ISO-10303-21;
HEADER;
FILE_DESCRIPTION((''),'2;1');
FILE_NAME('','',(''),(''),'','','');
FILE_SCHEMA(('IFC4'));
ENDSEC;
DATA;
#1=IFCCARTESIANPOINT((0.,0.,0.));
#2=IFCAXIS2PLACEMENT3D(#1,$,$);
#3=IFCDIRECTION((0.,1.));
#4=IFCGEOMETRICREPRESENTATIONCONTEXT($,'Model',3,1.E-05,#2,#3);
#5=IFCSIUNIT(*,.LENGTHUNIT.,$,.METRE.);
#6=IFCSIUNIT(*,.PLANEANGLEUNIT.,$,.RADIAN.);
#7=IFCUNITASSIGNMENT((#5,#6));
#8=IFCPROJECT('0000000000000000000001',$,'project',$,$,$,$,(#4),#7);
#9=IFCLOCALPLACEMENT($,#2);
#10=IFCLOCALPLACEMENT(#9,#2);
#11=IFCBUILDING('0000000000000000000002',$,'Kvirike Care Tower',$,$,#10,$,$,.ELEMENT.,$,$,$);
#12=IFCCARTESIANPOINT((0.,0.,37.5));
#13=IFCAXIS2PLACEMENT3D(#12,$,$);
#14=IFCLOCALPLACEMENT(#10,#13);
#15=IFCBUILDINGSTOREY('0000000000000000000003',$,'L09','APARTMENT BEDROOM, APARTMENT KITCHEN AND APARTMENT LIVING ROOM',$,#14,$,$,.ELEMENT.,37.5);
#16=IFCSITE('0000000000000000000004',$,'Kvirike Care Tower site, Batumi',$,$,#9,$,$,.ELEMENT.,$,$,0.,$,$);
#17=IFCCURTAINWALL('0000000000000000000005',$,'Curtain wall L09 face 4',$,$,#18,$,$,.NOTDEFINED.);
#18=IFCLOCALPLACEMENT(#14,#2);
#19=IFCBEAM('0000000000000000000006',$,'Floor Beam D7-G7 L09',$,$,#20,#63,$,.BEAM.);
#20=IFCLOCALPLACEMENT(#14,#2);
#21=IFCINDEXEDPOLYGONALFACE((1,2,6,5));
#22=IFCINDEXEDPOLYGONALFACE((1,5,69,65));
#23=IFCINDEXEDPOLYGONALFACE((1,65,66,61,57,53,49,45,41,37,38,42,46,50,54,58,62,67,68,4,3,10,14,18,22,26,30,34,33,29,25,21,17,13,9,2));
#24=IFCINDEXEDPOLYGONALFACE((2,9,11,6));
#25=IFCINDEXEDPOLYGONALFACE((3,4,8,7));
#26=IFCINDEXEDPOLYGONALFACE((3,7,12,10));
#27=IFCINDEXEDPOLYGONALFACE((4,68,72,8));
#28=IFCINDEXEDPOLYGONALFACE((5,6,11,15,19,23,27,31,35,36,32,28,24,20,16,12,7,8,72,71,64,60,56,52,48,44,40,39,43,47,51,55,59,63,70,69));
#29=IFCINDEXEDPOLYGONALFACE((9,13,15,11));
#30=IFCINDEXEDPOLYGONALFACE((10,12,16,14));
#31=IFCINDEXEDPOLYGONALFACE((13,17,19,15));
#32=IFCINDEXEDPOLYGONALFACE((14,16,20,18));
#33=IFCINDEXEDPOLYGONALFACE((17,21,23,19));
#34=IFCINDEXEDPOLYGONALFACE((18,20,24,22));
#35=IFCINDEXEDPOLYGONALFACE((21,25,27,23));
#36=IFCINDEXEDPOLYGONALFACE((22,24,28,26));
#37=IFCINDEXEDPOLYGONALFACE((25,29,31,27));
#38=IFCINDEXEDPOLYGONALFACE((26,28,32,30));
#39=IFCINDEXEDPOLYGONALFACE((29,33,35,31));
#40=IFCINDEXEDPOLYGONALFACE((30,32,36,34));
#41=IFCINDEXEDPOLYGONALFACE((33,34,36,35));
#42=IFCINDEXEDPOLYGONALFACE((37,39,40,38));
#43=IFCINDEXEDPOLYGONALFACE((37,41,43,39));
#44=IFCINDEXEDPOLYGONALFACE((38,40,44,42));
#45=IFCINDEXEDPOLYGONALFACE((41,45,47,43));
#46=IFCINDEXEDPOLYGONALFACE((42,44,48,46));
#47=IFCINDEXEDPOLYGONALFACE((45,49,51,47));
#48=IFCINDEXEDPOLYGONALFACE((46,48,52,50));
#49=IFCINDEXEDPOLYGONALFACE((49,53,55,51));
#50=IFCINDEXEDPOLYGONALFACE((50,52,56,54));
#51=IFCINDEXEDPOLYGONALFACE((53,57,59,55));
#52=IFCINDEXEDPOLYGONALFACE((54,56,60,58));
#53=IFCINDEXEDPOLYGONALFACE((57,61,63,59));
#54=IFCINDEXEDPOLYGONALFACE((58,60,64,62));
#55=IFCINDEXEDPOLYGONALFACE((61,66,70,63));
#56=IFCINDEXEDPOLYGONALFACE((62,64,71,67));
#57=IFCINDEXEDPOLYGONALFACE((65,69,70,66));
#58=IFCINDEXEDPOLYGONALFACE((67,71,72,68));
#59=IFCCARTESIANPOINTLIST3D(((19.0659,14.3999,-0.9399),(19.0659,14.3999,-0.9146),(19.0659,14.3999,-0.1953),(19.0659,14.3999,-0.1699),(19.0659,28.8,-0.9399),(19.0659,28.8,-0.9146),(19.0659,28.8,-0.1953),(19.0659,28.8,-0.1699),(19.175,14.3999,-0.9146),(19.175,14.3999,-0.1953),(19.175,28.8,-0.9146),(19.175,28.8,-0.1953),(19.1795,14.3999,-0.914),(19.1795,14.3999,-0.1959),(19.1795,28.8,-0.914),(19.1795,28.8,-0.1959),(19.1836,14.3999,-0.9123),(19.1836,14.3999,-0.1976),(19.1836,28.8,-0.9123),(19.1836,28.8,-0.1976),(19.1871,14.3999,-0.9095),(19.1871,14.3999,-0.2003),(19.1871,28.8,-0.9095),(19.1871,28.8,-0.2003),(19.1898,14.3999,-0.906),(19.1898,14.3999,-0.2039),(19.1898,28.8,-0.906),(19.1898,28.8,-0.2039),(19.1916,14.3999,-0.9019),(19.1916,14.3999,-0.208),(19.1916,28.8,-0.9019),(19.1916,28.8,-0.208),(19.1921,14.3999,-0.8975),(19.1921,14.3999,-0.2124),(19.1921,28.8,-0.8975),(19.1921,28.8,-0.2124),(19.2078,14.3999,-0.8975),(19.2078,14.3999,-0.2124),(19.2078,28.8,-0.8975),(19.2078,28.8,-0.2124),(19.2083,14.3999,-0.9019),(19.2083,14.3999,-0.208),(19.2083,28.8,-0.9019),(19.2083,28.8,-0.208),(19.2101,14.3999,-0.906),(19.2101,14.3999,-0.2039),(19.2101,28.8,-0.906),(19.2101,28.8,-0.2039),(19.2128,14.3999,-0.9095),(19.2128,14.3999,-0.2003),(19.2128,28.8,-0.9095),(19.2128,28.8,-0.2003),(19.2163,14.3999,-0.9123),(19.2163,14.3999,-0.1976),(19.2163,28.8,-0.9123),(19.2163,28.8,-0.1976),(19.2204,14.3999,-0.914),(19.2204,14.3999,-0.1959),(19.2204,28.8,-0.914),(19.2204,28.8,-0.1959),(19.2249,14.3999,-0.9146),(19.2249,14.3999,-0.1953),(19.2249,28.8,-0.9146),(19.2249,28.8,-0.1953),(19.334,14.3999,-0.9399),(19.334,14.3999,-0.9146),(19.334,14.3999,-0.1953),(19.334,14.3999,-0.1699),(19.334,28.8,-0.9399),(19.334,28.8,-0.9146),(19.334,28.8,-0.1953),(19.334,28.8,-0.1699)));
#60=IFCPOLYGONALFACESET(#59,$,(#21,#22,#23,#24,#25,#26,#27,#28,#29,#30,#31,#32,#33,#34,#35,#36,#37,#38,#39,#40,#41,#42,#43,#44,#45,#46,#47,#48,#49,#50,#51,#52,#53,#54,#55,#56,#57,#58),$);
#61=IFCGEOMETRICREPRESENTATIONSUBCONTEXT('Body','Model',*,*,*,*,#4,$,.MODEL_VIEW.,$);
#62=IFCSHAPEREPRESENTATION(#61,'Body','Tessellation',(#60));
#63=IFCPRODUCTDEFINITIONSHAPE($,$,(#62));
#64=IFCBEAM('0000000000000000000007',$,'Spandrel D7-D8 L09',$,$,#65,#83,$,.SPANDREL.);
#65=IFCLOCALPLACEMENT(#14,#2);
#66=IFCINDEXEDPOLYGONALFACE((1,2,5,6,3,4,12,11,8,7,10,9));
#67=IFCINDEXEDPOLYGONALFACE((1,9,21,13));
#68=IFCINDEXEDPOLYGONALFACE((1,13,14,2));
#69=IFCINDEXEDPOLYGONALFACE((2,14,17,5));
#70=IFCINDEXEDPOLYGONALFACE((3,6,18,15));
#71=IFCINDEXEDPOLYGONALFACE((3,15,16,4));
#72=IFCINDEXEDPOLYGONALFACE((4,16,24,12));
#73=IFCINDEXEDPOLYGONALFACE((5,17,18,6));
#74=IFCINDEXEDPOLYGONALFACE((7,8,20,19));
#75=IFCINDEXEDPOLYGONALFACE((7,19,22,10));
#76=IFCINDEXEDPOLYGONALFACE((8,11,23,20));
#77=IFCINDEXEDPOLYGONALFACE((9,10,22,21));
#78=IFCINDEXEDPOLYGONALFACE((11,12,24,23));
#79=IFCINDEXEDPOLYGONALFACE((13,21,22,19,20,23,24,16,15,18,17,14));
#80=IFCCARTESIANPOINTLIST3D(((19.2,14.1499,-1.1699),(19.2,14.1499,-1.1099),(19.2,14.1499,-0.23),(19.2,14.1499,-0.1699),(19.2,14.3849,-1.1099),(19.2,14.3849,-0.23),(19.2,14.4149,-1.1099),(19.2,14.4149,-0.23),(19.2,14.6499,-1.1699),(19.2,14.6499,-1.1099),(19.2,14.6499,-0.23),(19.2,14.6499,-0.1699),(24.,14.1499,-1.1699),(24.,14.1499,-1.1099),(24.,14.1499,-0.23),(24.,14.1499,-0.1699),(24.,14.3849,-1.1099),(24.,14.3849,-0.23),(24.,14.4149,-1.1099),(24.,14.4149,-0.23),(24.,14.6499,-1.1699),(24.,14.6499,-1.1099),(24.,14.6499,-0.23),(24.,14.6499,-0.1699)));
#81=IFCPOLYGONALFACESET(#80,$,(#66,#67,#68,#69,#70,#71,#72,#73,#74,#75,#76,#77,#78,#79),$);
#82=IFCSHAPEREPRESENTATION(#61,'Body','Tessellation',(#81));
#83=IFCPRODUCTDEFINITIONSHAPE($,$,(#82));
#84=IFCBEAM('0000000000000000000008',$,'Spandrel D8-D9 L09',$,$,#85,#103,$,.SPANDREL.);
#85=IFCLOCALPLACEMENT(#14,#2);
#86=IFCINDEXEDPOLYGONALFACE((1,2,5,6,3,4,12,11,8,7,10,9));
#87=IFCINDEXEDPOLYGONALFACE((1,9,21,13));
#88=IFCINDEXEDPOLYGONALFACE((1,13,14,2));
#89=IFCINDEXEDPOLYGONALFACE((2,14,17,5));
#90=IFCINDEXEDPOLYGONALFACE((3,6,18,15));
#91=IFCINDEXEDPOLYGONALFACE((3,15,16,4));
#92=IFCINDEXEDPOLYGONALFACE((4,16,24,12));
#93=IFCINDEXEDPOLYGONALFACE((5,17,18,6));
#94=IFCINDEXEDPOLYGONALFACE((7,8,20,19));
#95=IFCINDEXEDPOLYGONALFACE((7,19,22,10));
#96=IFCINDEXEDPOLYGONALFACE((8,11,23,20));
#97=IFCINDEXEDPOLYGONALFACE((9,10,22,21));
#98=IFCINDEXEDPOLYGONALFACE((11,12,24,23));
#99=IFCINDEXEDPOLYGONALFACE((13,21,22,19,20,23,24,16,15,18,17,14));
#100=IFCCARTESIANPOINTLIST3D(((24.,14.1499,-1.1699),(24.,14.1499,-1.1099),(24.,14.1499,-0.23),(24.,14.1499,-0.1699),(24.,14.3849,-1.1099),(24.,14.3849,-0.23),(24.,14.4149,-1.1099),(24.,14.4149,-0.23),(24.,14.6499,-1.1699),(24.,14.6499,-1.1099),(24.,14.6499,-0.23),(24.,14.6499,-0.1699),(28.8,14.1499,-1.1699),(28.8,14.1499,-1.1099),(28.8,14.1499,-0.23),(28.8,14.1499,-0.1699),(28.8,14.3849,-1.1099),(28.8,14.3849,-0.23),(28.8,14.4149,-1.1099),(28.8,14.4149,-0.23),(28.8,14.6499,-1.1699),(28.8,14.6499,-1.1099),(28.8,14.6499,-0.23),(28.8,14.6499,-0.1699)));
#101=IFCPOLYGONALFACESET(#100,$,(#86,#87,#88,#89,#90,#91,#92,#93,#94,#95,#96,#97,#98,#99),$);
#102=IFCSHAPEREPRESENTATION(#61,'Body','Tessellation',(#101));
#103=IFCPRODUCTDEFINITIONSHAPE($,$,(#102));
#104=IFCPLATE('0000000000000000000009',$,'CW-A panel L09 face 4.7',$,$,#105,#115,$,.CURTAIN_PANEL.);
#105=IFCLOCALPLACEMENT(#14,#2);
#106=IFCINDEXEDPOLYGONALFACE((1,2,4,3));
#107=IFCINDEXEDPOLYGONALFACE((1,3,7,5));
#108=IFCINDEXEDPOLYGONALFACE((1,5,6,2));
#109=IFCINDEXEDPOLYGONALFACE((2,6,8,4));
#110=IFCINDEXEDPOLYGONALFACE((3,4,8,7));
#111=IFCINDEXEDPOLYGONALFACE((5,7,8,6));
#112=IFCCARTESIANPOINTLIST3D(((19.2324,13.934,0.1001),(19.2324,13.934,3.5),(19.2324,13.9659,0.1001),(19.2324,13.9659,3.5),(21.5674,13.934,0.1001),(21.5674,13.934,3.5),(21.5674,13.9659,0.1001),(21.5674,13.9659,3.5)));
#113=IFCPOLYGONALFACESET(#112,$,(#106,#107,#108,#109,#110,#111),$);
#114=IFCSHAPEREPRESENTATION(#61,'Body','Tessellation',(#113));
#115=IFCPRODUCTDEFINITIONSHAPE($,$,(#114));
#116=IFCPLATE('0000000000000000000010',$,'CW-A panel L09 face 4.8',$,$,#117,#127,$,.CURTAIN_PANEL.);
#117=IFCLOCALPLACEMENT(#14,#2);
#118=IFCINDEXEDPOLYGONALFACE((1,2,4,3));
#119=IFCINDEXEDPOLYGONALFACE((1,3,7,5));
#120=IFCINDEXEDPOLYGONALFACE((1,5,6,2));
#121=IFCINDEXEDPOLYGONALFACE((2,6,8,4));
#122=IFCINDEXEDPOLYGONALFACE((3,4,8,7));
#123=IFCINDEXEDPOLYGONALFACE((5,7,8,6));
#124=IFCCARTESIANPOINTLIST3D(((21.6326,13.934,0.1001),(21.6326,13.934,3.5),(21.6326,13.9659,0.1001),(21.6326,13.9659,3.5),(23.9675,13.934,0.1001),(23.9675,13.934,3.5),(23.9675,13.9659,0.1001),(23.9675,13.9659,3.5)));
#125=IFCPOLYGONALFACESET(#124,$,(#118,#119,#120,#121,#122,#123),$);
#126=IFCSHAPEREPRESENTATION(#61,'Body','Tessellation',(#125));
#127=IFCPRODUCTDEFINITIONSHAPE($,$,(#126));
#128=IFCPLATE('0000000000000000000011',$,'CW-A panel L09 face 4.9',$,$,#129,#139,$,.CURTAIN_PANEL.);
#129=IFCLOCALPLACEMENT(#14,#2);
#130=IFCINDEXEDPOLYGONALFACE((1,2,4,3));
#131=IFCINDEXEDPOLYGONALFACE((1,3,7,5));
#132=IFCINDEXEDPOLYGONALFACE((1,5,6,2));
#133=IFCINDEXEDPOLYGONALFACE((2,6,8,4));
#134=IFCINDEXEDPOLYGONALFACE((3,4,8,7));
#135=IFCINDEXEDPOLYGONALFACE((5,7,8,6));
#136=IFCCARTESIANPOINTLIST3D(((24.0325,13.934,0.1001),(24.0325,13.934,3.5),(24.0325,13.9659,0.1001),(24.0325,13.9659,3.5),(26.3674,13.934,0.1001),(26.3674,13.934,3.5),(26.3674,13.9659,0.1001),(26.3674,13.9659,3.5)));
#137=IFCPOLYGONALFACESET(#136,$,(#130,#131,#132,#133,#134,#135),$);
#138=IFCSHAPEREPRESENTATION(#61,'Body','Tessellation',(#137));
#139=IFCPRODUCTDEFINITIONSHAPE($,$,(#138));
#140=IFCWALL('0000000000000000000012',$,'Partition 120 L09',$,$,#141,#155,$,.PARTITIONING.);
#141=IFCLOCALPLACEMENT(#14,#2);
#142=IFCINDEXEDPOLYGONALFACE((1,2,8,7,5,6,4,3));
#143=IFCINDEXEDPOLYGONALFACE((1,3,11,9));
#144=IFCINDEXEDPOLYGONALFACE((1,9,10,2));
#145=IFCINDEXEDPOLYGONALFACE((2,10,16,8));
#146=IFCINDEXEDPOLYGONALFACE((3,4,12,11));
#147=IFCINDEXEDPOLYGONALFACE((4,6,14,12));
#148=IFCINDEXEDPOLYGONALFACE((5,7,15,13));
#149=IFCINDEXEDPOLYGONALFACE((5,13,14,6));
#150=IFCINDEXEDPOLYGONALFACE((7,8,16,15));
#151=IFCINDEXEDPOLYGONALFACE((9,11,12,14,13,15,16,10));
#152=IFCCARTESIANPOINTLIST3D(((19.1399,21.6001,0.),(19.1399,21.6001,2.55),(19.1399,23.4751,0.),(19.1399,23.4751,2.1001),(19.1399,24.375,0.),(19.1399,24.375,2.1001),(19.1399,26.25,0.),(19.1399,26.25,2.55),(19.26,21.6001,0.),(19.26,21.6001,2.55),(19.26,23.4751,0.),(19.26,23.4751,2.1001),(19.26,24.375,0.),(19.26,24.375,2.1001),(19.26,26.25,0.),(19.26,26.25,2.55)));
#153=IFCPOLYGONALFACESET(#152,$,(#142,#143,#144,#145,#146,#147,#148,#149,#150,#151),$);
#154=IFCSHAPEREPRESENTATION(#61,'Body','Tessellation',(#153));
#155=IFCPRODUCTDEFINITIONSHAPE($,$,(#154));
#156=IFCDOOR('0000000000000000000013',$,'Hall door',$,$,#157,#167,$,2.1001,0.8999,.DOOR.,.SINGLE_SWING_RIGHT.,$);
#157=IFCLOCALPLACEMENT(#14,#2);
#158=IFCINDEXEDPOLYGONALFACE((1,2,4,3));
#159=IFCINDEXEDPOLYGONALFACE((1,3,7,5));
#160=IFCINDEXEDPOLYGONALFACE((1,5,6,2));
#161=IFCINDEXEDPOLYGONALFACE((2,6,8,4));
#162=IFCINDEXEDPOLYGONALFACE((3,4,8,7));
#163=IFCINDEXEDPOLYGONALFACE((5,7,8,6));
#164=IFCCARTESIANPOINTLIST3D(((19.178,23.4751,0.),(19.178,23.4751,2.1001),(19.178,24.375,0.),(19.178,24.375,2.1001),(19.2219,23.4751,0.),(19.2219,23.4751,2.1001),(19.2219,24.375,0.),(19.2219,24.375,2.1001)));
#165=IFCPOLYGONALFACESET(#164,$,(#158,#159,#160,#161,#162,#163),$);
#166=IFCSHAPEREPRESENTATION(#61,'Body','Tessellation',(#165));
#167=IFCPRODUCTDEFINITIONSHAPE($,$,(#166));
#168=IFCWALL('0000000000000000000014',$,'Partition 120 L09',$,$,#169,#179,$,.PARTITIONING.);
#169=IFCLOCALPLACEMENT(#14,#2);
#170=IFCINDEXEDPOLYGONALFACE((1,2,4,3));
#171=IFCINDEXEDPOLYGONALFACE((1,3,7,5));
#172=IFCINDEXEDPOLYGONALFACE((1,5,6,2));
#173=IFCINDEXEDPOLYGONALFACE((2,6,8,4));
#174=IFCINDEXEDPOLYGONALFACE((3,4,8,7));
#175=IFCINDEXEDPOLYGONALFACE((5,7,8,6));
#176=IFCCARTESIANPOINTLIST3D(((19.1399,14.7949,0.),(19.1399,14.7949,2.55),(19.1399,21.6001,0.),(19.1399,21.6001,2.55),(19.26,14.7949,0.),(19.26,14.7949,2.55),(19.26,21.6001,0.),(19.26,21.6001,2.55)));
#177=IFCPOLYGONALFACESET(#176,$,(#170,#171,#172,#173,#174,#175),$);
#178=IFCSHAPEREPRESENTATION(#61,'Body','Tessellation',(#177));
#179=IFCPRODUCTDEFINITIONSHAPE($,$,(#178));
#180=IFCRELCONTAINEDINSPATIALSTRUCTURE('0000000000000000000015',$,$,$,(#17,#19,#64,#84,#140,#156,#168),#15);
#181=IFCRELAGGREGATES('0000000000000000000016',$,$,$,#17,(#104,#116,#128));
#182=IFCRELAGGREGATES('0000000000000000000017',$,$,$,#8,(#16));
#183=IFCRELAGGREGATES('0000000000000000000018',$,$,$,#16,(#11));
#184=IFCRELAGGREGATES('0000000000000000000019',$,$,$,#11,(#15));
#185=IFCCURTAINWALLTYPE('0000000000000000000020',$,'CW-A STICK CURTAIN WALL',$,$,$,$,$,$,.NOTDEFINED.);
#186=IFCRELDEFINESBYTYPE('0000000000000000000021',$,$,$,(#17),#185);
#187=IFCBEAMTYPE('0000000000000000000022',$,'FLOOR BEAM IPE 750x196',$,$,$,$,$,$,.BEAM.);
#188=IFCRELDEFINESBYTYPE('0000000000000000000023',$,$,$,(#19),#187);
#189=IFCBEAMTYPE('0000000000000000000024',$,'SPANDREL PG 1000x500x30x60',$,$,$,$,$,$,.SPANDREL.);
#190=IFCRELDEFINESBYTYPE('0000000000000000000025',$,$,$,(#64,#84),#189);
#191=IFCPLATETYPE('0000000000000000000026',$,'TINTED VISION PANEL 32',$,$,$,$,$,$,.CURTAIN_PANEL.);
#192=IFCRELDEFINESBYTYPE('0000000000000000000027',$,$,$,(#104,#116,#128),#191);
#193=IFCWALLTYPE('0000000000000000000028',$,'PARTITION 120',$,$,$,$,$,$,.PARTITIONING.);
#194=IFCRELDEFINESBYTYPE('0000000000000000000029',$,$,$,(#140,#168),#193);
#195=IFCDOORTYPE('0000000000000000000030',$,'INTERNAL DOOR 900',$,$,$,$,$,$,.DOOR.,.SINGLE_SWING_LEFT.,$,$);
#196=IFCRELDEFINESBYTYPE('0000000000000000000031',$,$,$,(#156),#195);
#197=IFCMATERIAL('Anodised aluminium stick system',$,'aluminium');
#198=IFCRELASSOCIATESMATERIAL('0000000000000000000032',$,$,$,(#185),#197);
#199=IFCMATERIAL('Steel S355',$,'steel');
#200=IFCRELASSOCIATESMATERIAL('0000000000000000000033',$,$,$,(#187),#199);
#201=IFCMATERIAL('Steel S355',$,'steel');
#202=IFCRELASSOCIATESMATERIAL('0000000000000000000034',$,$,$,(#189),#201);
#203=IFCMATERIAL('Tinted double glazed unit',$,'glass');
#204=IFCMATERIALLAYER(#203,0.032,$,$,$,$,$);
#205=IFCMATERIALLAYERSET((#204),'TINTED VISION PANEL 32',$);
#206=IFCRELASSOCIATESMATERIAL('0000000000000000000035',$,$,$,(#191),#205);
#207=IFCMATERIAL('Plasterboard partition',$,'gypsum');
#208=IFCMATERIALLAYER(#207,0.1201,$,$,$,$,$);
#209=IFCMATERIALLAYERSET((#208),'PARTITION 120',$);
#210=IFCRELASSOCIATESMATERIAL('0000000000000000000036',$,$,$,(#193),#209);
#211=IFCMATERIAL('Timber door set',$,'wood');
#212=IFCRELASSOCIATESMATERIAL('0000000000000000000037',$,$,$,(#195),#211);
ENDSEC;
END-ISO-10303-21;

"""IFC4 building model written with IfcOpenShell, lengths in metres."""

from ifc_helpers import new_model, si_unit, direction, frame, frame_2d, origin, origin_2d, place, context, subcontext, project, spatial, rectangle, i_section, extrude, material, layer, layer_set, material_profile, profile_set, type_object, element, fill, aggregate, save


model = new_model("IFC4")

# Units and contexts
model_context = context("Model", 3, precision=1e-05, world=origin(), true_north=direction((0.0, 1.0)))
body_context = subcontext(model_context, "Body", "Model", "MODEL_VIEW")
ifc_project = project(units=[si_unit("LENGTHUNIT", "METRE"), si_unit("PLANEANGLEUNIT", "RADIAN")], contexts=[model_context])

# Site, building, storey
site_placement = place(None, origin())
site = spatial("IfcSite", under=ifc_project, at=site_placement, Name="Kvirike Care Tower site, Batumi", CompositionType="ELEMENT", RefElevation=0.0)
building_placement = place(site_placement, origin())
building = spatial("IfcBuilding", under=site, at=building_placement, Name="Kvirike Care Tower", CompositionType="ELEMENT")
storey_placement = place(building_placement, frame((0.0, 0.0, 37.5)))
storey = spatial("IfcBuildingStorey", under=building, at=storey_placement, Name="L09", Description="APARTMENT BEDROOM, APARTMENT KITCHEN AND APARTMENT LIVING ROOM", CompositionType="ELEMENT", Elevation=37.5)

# Curtain wall
ifc_material_1 = material(Name="Anodised aluminium stick system", Category="aluminium")
curtain_wall_type = type_object("IfcCurtainWallType", Name="CW-A STICK CURTAIN WALL", PredefinedType="NOTDEFINED", material=ifc_material_1)
curtain_wall_placement = place(storey_placement, origin())
curtain_wall = element("IfcCurtainWall", 1, at=curtain_wall_placement, inside=storey, type_object=curtain_wall_type, Name="Curtain wall L09 face 4", PredefinedType="NOTDEFINED")

# Beams
ifc_material_2 = material(Name="Steel S355", Category="steel")
ifc_material_profile_1 = material_profile(ifc_material_2, i_section(OverallWidth=0.2681, OverallDepth=0.77, WebThickness=0.0156, FlangeThickness=0.0254, FilletRadius=0.0171, at=origin_2d()), Name="IPE 750x196")
ifc_profile_set_1 = profile_set([ifc_material_profile_1], Name="Steel S355")
beam_type_1 = type_object("IfcBeamType", Name="FLOOR BEAM IPE 750x196", PredefinedType="BEAM", material=ifc_profile_set_1)
beam_1_placement = place(storey_placement, frame((19.2, 14.3999, -0.5549), z_axis=(0.0, 1.0, 0.0), x_axis=(-1.0, 0.0, 0.0)))
element("IfcBeam", 2, at=beam_1_placement, inside=storey, type_object=beam_type_1, Name="Floor Beam D7-G7 L09", PredefinedType="BEAM", context=body_context, shape_type="SweptSolid", body=[
    extrude(i_section(OverallWidth=0.2681, OverallDepth=0.77, WebThickness=0.0156, FlangeThickness=0.0254, FilletRadius=0.0171, at=origin_2d()), origin(), (0.0, 0.0, 1.0), 14.4001),
])
ifc_material_3 = material(Name="Steel S355", Category="steel")
ifc_material_profile_2 = material_profile(ifc_material_3, i_section(OverallWidth=0.5, OverallDepth=1.0, WebThickness=0.03, FlangeThickness=0.0601, at=origin_2d()), Name="PG 1000x500x30x60")
ifc_profile_set_2 = profile_set([ifc_material_profile_2], Name="Steel S355")
beam_type_2 = type_object("IfcBeamType", Name="SPANDREL PG 1000x500x30x60", PredefinedType="SPANDREL", material=ifc_profile_set_2)
for number, where, z_axis, x_axis, name in (
    (3, (19.2, 14.3999, -0.6699), (1.0, 0.0, 0.0), (0.0, 1.0, 0.0), "Spandrel D7-D8 L09"),
    (4, (24.0, 14.3999, -0.6699), (1.0, 0.0, 0.0), (0.0, 1.0, 0.0), "Spandrel D8-D9 L09"),
):
    element("IfcBeam", number, at=place(storey_placement, frame(where, z_axis=z_axis, x_axis=x_axis)), inside=storey, type_object=beam_type_2, Name=name, PredefinedType="SPANDREL", context=body_context, shape_type="SweptSolid", body=[
        extrude(i_section(OverallWidth=0.5, OverallDepth=1.0, WebThickness=0.03, FlangeThickness=0.0601, at=origin_2d()), origin(), (0.0, 0.0, 1.0), 4.8),
    ])

# Plates
ifc_material_4 = material(Name="Tinted double glazed unit", Category="glass")
ifc_layer_1 = layer(ifc_material_4, 0.032)
ifc_layer_set_1 = layer_set([ifc_layer_1], Name="TINTED VISION PANEL 32")
plate_type = type_object("IfcPlateType", Name="TINTED VISION PANEL 32", PredefinedType="CURTAIN_PANEL", material=ifc_layer_set_1)
plate_1_placement = place(storey_placement, frame((20.3999, 13.95, 0.1001), z_axis=(0.0, 0.0, 1.0), x_axis=(1.0, 0.0, 0.0)))
plate_1 = element("IfcPlate", 5, at=plate_1_placement, type_object=plate_type, Name="CW-A panel L09 face 4.7", PredefinedType="CURTAIN_PANEL", context=body_context, shape_type="SweptSolid", body=[
    extrude(rectangle(XDim=2.335, YDim=0.032, at=origin_2d()), origin(), (0.0, 0.0, 1.0), 3.3999),
])
plate_2_placement = place(storey_placement, frame((22.8, 13.95, 0.1001), z_axis=(0.0, 0.0, 1.0), x_axis=(1.0, 0.0, 0.0)))
plate_2 = element("IfcPlate", 6, at=plate_2_placement, type_object=plate_type, Name="CW-A panel L09 face 4.8", PredefinedType="CURTAIN_PANEL", context=body_context, shape_type="SweptSolid", body=[
    extrude(rectangle(XDim=2.335, YDim=0.032, at=origin_2d()), origin(), (0.0, 0.0, 1.0), 3.3999),
])
plate_3_placement = place(storey_placement, frame((25.2, 13.95, 0.1001), z_axis=(0.0, 0.0, 1.0), x_axis=(1.0, 0.0, 0.0)))
plate_3 = element("IfcPlate", 7, at=plate_3_placement, type_object=plate_type, Name="CW-A panel L09 face 4.9", PredefinedType="CURTAIN_PANEL", context=body_context, shape_type="SweptSolid", body=[
    extrude(rectangle(XDim=2.335, YDim=0.032, at=origin_2d()), origin(), (0.0, 0.0, 1.0), 3.3999),
])
aggregate(curtain_wall, [plate_1, plate_2, plate_3])

# Wall, opening, door
ifc_material_5 = material(Name="Plasterboard partition", Category="gypsum")
ifc_layer_2 = layer(ifc_material_5, 0.1201)
ifc_layer_set_2 = layer_set([ifc_layer_2], Name="PARTITION 120")
wall_type_1 = type_object("IfcWallType", Name="PARTITION 120", PredefinedType="PARTITIONING", material=ifc_layer_set_2)
wall_1_placement = place(storey_placement, frame((19.2, 21.6001, 0.0), z_axis=(0.0, 0.0, 1.0), x_axis=(0.0, 1.0, 0.0)))
wall_1 = element("IfcWall", 8, at=wall_1_placement, inside=storey, type_object=wall_type_1, Name="Partition 120 L09", PredefinedType="PARTITIONING", context=body_context, shape_type="SweptSolid", body=[
    extrude(rectangle(XDim=4.6499, YDim=0.1201, at=frame_2d((2.325, 0.0))), origin(), (0.0, 0.0, 1.0), 2.55),
])
opening_placement = place(wall_1_placement, frame((1.875, 0.0, 0.0)))
opening = element("IfcOpeningElement", 9, at=opening_placement, cuts=wall_1, PredefinedType="OPENING", context=body_context, shape_type="SweptSolid", body=[
    extrude(rectangle(XDim=0.8999, YDim=2.1001, at=frame_2d((0.45, 1.05))), frame((0.0, 0.0706, 0.0), z_axis=(0.0, -1.0, 0.0), x_axis=(1.0, 0.0, 0.0)), (0.0, 0.0, 1.0), 0.1411),
])
ifc_material_6 = material(Name="Timber door set", Category="wood")
door_type = type_object("IfcDoorType", Name="INTERNAL DOOR 900", OperationType="SINGLE_SWING_LEFT", PredefinedType="DOOR", material=ifc_material_6)
door_placement = place(opening_placement, origin())
door = element("IfcDoor", 10, at=door_placement, inside=storey, type_object=door_type, Name="Hall door", OperationType="SINGLE_SWING_RIGHT", OverallHeight=2.1001, OverallWidth=0.8999, PredefinedType="DOOR", context=body_context, shape_type="SweptSolid", body=[
    extrude(rectangle(XDim=0.8999, YDim=2.1001, at=frame_2d((0.45, 1.05))), frame((0.0, 0.022, 0.0), z_axis=(0.0, -1.0, 0.0), x_axis=(1.0, 0.0, 0.0)), (0.0, 0.0, 1.0), 0.0439),
])
fill(opening, door)

# Wall
wall_2_placement = place(storey_placement, frame((19.2, 14.7949, 0.0), z_axis=(0.0, 0.0, 1.0), x_axis=(0.0, 1.0, 0.0)))
element("IfcWall", 11, at=wall_2_placement, inside=storey, type_object=wall_type_1, Name="Partition 120 L09", PredefinedType="PARTITIONING", context=body_context, shape_type="SweptSolid", body=[
    extrude(rectangle(XDim=6.8052, YDim=0.1201, at=frame_2d((3.4026, 0.0))), origin(), (0.0, 0.0, 1.0), 2.55),
])

save(model, "model.ifc")
